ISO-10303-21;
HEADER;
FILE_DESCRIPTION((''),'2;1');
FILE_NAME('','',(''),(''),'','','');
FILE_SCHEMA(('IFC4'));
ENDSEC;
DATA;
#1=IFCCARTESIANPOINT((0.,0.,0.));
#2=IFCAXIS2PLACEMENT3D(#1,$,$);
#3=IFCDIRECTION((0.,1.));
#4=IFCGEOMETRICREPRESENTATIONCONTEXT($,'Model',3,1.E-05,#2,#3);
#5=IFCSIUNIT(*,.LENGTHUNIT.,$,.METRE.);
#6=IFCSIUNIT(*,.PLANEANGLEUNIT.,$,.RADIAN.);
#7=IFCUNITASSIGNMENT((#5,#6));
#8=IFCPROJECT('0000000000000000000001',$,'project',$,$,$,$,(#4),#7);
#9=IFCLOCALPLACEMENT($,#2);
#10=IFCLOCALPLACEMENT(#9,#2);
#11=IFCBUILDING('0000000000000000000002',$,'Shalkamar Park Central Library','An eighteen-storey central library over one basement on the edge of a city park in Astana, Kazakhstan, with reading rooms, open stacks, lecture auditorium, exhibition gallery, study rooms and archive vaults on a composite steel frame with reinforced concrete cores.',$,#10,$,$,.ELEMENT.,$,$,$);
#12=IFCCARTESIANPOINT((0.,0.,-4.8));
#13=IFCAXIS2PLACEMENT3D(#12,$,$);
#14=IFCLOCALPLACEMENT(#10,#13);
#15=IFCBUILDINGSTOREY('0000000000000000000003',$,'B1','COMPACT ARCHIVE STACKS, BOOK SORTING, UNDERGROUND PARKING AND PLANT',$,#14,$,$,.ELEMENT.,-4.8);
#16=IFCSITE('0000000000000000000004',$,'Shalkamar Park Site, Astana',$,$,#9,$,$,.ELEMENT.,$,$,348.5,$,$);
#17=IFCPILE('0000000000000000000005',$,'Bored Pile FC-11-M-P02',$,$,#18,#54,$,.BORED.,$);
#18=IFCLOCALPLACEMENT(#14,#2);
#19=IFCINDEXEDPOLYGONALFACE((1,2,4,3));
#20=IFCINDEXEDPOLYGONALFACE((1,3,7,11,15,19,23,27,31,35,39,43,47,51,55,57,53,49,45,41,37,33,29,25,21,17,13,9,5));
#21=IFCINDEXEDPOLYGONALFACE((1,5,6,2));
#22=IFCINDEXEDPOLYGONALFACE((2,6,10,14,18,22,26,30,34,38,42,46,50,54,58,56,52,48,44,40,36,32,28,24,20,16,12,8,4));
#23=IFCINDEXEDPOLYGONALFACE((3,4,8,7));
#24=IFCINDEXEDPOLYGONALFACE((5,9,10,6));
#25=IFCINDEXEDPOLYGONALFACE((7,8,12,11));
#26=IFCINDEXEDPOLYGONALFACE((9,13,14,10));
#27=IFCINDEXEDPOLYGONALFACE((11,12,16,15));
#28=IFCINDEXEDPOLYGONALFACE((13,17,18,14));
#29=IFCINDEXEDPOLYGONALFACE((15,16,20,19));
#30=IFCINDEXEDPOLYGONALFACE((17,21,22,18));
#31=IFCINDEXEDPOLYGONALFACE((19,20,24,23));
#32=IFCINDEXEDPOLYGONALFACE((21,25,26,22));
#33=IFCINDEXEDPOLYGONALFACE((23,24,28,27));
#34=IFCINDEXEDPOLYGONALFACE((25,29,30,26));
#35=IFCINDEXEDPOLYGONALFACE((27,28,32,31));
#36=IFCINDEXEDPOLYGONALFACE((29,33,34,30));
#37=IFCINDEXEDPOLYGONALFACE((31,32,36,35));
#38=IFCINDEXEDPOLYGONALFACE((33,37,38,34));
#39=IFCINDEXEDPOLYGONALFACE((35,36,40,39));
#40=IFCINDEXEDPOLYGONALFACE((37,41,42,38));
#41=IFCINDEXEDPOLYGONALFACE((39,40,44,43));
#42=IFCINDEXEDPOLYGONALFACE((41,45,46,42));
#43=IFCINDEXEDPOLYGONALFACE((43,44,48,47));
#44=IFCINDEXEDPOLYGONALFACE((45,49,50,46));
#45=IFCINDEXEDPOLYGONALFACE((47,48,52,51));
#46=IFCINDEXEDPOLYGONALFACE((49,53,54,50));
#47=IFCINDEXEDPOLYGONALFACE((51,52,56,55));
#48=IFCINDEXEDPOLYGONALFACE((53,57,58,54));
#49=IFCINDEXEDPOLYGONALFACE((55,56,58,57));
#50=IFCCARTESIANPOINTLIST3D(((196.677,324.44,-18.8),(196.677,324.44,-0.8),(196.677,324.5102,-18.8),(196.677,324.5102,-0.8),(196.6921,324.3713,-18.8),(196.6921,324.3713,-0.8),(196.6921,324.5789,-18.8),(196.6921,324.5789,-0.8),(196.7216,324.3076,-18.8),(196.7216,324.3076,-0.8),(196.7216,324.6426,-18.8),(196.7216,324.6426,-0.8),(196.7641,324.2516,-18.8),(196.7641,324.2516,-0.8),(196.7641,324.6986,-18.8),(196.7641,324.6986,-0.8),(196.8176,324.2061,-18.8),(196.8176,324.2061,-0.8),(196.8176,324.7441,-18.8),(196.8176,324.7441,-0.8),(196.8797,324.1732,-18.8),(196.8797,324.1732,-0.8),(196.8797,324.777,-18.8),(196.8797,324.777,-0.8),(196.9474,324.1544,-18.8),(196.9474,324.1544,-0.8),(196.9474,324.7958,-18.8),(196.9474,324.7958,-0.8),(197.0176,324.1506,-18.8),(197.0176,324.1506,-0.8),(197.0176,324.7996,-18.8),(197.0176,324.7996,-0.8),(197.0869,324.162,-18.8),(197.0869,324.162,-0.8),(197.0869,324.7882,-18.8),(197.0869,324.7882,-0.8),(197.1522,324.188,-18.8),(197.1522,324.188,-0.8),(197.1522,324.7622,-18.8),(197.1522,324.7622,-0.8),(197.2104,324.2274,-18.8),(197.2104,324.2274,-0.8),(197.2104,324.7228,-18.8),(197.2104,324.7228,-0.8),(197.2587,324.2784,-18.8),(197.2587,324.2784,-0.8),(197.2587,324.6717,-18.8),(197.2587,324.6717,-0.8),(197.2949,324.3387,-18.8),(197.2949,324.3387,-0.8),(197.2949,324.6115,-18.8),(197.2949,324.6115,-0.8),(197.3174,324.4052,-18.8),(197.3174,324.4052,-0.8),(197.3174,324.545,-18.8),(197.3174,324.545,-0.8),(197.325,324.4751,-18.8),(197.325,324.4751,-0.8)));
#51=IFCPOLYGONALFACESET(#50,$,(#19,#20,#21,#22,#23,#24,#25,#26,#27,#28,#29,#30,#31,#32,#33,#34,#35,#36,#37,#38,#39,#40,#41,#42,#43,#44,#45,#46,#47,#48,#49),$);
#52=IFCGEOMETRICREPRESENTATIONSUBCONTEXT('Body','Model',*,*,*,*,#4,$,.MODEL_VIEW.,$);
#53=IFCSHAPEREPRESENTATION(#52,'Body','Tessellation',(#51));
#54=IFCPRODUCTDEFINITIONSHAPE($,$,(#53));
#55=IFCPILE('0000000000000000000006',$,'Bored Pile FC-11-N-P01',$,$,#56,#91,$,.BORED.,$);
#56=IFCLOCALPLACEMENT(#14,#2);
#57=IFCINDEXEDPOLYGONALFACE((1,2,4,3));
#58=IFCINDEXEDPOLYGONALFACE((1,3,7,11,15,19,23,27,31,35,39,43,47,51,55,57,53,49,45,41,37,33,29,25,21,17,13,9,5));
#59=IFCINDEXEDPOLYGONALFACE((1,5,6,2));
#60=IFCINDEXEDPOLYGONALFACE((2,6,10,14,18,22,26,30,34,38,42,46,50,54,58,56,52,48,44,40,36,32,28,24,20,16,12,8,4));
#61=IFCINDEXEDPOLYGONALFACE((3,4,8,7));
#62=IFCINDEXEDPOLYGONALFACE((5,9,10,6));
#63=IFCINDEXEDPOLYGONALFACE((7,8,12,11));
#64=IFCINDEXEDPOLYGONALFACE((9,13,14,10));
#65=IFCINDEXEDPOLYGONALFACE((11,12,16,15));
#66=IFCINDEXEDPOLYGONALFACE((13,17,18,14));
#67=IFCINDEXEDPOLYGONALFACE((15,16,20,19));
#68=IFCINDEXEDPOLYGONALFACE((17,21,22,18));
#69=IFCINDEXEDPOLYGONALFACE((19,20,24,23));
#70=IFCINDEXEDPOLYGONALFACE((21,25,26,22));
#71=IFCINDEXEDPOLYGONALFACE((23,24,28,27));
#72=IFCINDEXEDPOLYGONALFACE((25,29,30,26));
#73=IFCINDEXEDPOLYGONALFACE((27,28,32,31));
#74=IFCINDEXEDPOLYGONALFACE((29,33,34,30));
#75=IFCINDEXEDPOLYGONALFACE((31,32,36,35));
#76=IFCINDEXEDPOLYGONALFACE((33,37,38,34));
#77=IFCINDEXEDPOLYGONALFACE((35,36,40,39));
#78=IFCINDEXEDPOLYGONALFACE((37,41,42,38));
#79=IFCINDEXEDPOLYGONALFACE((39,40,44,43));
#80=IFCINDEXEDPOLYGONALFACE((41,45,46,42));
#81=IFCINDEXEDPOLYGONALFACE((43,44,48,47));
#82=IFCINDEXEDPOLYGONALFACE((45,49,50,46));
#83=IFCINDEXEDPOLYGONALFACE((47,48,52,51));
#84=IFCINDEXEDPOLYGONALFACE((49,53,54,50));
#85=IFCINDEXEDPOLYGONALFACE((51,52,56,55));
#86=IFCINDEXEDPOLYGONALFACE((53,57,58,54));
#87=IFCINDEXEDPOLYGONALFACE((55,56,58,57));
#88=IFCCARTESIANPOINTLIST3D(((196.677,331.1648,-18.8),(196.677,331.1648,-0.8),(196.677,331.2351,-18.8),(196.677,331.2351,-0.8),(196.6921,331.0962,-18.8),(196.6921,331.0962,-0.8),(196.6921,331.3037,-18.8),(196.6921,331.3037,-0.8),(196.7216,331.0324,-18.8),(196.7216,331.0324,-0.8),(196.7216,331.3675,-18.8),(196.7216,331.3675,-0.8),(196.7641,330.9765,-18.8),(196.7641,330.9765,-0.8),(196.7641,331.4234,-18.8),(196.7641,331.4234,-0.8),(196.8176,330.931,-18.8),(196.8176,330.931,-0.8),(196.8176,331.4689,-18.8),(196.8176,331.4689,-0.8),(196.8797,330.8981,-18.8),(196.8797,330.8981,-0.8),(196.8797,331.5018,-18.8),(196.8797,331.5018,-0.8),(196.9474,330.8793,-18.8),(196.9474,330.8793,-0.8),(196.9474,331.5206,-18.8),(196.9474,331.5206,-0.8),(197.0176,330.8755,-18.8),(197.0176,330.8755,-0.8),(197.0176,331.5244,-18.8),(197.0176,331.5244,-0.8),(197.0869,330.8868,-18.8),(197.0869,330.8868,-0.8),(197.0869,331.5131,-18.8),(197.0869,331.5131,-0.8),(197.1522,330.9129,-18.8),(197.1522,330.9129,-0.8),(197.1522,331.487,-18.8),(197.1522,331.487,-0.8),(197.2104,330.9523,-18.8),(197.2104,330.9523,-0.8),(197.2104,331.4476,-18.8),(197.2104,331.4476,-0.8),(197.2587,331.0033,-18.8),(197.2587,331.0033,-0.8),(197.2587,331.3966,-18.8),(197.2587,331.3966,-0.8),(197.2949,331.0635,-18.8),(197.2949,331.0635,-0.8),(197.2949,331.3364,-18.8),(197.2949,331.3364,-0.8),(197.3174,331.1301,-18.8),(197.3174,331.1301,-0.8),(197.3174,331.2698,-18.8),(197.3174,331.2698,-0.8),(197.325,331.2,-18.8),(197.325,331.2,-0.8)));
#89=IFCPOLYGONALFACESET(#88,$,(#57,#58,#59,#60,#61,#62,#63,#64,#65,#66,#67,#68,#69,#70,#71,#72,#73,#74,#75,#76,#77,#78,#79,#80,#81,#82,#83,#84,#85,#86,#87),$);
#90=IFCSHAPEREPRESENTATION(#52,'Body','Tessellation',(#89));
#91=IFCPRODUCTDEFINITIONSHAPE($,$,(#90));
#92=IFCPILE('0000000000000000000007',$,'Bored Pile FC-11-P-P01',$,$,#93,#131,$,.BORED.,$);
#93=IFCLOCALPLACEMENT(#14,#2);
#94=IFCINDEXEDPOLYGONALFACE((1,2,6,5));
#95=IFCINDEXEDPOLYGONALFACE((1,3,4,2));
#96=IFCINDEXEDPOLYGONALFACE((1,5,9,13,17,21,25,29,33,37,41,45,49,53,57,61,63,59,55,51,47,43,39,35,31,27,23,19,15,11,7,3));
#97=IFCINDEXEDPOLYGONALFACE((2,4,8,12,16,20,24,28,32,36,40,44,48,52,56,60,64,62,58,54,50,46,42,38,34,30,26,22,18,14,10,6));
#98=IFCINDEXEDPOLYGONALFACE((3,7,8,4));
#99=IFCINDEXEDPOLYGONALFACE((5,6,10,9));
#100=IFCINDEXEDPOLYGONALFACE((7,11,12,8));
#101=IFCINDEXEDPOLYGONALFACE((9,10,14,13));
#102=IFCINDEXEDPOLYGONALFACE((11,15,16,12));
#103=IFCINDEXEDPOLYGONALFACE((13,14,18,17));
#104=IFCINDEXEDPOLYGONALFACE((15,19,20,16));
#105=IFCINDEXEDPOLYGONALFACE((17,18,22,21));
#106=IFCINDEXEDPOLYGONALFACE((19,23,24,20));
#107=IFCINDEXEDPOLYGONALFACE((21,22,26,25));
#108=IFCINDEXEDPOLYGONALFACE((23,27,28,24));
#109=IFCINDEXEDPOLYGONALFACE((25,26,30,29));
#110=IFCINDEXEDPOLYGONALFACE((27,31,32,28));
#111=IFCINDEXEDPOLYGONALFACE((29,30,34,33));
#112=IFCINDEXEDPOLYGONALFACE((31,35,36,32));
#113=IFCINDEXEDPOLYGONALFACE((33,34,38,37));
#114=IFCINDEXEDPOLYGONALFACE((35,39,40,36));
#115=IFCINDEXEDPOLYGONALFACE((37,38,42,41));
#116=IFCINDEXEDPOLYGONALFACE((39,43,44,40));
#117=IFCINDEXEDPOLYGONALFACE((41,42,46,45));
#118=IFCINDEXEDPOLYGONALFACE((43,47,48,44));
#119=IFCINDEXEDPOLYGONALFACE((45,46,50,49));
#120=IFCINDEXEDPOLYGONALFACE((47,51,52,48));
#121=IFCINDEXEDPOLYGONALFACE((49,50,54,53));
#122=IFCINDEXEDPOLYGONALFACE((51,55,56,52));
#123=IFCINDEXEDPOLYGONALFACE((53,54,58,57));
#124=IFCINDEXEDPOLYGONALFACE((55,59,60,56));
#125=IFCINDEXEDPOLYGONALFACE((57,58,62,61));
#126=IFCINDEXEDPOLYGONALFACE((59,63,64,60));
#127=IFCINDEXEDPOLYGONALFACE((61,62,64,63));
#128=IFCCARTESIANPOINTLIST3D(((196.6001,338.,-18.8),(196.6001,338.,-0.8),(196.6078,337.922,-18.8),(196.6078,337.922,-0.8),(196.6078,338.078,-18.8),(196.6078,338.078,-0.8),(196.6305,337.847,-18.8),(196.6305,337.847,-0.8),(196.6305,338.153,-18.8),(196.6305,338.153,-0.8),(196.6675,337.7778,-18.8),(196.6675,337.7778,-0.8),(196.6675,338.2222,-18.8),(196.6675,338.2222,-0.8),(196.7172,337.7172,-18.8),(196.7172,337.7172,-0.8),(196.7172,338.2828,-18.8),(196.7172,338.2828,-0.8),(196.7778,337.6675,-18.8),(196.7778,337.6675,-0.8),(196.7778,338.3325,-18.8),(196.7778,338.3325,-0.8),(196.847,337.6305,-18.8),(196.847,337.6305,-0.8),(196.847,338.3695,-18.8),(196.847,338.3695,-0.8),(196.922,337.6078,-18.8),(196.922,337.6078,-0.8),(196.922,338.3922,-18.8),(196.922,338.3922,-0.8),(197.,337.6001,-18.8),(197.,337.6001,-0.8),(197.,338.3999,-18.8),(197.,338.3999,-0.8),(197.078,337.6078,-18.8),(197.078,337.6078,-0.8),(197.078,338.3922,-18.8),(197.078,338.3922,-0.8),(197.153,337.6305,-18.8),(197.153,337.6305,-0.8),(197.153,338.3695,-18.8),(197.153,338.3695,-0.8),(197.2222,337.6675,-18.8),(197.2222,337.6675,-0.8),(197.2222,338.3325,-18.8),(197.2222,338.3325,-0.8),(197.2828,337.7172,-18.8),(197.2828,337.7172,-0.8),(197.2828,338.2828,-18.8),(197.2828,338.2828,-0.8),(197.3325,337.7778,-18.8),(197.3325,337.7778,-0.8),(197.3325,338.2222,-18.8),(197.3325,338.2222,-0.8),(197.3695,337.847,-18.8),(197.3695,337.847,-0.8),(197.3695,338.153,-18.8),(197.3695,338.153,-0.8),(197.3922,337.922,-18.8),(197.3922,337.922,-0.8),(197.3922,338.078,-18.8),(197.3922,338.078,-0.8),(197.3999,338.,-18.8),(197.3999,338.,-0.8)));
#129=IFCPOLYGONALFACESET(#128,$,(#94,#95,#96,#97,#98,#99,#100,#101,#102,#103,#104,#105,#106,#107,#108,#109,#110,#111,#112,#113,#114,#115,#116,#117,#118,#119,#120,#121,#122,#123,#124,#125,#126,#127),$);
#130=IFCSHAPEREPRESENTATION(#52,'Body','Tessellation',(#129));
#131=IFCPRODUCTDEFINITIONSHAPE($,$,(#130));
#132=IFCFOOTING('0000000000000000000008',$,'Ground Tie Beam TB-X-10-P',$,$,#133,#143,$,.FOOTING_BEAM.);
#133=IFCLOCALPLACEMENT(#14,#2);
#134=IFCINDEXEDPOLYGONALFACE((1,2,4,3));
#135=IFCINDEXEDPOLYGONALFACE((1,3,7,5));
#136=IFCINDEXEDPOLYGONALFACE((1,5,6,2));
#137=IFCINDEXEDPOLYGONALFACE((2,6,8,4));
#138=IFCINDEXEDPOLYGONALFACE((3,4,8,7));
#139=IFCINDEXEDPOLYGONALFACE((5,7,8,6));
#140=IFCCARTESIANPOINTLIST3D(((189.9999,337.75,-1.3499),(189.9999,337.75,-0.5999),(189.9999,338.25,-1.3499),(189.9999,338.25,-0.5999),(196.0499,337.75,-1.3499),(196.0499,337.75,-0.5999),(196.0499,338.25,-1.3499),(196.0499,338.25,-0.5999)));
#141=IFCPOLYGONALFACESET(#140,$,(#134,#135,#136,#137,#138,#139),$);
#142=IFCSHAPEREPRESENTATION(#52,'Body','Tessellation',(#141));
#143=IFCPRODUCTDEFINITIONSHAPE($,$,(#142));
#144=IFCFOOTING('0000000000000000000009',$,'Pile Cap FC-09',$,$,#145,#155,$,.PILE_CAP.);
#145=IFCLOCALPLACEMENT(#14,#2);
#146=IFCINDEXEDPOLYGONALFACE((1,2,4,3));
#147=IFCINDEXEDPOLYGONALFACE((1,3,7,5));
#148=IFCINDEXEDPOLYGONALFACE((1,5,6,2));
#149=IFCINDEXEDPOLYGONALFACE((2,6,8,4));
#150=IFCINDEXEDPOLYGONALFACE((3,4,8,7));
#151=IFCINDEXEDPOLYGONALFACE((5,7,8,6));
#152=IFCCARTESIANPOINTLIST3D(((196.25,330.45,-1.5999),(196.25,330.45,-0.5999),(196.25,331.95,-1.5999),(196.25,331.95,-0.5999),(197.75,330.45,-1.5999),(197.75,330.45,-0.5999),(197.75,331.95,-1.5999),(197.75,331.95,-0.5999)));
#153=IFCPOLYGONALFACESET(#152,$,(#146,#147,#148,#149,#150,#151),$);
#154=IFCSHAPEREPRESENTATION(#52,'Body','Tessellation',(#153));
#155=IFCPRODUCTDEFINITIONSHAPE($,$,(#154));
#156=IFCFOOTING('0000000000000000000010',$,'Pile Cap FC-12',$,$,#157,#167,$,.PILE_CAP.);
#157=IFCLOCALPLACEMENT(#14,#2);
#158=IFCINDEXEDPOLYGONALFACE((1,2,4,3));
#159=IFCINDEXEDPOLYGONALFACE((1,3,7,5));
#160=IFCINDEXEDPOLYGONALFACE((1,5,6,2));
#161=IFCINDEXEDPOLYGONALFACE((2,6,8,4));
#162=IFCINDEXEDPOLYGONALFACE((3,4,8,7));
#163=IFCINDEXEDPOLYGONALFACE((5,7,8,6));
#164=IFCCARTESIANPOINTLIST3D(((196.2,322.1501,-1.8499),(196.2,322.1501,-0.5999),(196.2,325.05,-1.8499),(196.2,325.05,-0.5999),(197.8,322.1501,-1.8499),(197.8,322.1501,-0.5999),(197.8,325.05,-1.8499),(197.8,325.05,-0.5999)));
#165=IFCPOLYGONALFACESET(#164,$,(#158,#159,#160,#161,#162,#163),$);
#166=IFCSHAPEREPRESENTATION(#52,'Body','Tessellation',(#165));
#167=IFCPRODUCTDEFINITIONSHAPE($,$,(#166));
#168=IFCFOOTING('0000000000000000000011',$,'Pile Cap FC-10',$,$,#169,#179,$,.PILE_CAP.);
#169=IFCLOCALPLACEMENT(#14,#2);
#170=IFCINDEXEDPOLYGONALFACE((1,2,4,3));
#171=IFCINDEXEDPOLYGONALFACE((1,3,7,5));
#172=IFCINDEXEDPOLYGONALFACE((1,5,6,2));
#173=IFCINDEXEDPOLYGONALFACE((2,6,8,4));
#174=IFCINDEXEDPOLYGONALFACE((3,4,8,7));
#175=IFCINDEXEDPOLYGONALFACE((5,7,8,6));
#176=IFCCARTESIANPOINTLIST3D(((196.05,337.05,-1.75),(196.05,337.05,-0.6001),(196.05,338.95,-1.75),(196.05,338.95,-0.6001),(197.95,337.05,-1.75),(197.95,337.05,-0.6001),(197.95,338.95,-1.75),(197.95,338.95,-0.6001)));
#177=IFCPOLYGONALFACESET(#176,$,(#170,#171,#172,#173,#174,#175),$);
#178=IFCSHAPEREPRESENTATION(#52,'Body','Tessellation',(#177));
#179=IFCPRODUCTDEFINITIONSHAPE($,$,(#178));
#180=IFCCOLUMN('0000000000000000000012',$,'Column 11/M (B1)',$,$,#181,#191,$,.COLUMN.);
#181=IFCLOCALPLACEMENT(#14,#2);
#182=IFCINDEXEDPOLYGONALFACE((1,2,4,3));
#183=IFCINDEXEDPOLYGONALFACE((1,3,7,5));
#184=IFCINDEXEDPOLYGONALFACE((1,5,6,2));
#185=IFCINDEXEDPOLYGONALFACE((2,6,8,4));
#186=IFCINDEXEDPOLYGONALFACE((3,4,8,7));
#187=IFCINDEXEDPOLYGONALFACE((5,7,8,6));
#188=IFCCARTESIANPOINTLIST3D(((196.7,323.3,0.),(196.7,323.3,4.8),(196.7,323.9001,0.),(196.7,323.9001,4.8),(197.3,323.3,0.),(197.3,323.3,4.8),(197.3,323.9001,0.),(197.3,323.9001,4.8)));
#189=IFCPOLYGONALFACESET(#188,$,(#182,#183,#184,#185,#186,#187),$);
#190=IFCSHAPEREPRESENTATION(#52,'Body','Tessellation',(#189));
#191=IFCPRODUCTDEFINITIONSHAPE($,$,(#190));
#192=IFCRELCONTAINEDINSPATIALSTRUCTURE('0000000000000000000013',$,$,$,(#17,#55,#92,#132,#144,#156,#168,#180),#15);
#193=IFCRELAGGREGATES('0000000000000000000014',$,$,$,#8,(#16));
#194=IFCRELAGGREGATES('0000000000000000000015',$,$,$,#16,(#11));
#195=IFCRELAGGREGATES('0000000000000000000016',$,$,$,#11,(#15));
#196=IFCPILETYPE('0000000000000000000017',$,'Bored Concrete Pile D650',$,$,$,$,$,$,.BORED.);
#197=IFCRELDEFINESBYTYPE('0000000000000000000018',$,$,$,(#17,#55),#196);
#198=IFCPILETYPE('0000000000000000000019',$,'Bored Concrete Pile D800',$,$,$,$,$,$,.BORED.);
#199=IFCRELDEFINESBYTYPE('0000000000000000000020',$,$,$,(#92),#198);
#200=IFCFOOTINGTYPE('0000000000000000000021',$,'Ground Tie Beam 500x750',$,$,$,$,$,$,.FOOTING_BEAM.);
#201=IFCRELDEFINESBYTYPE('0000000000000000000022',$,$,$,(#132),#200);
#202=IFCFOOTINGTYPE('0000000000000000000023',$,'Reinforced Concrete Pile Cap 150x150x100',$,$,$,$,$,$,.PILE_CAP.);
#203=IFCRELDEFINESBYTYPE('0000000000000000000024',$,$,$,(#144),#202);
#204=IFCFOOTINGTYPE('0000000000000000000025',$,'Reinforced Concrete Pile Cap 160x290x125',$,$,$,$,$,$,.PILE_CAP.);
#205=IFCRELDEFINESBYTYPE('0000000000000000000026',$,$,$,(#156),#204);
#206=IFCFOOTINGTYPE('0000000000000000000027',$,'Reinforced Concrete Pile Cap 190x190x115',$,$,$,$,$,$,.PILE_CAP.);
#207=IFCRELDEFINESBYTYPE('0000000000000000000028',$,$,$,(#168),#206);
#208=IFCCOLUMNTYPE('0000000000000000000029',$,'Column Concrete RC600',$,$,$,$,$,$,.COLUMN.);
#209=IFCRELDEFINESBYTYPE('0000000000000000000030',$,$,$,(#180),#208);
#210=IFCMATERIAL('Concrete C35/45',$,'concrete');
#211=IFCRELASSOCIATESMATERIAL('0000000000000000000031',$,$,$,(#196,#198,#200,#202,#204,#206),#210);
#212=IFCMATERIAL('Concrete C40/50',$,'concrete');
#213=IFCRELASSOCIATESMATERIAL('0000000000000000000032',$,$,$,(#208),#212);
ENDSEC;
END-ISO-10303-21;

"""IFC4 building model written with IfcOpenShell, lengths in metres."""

from ifc_helpers import new_model, si_unit, direction, frame, origin, origin_2d, place, context, subcontext, project, spatial, rectangle, circle, extrude, material, material_profile, profile_set, type_object, element, save


model = new_model("IFC4")

# Units and contexts
model_context = context("Model", 3, precision=1e-05, world=origin(), true_north=direction((0.0, 1.0)))
body_context = subcontext(model_context, "Body", "Model", "MODEL_VIEW")
ifc_project = project(units=[si_unit("LENGTHUNIT", "METRE"), si_unit("PLANEANGLEUNIT", "RADIAN")], contexts=[model_context])

# Site, building, storey
site_placement = place(None, origin())
site = spatial("IfcSite", under=ifc_project, at=site_placement, Name="Shalkamar Park Site, Astana", CompositionType="ELEMENT", RefElevation=348.5)
building_placement = place(site_placement, origin())
building = spatial("IfcBuilding", under=site, at=building_placement, Name="Shalkamar Park Central Library", Description="An eighteen-storey central library over one basement on the edge of a city park in Astana, Kazakhstan, with reading rooms, open stacks, lecture auditorium, exhibition gallery, study rooms and archive vaults on a composite steel frame with reinforced concrete cores.", CompositionType="ELEMENT")
storey_placement = place(building_placement, frame((0.0, 0.0, -4.8)))
storey = spatial("IfcBuildingStorey", under=building, at=storey_placement, Name="B1", Description="COMPACT ARCHIVE STACKS, BOOK SORTING, UNDERGROUND PARKING AND PLANT", CompositionType="ELEMENT", Elevation=-4.8)

# Piles
ifc_material_1 = material(Name="Concrete C35/45", Category="concrete")
ifc_material_profile_1 = material_profile(ifc_material_1, circle(Radius=0.325, at=origin_2d()), Name="PILE D650")
ifc_profile_set_1 = profile_set([ifc_material_profile_1], Name="Concrete C35/45")
pile_type_1 = type_object("IfcPileType", Name="Bored Concrete Pile D650", PredefinedType="BORED", material=ifc_profile_set_1)
for number, where, z_axis, x_axis, name in (
    (1, (197.0, 324.4751, -0.8), (0.0, 0.0, -1.0), (1.0, 0.0, 0.0), "Bored Pile FC-11-M-P02"),
    (2, (197.0, 331.2, -0.8), (0.0, 0.0, -1.0), (1.0, 0.0, 0.0), "Bored Pile FC-11-N-P01"),
):
    element("IfcPile", number, at=place(storey_placement, frame(where, z_axis=z_axis, x_axis=x_axis)), inside=storey, type_object=pile_type_1, Name=name, PredefinedType="BORED", context=body_context, shape_type="SweptSolid", body=[
        extrude(circle(Radius=0.325, at=origin_2d()), origin(), (0.0, 0.0, 1.0), 18.0),
    ])
ifc_material_profile_2 = material_profile(ifc_material_1, circle(Radius=0.3999, at=origin_2d()), Name="PILE D800")
ifc_profile_set_2 = profile_set([ifc_material_profile_2], Name="Concrete C35/45")
pile_type_2 = type_object("IfcPileType", Name="Bored Concrete Pile D800", PredefinedType="BORED", material=ifc_profile_set_2)
pile_placement = place(storey_placement, frame((197.0, 338.0, -0.8), z_axis=(0.0, 0.0, -1.0), x_axis=(1.0, 0.0, 0.0)))
element("IfcPile", 3, at=pile_placement, inside=storey, type_object=pile_type_2, Name="Bored Pile FC-11-P-P01", PredefinedType="BORED", context=body_context, shape_type="SweptSolid", body=[
    extrude(circle(Radius=0.3999, at=origin_2d()), origin(), (0.0, 0.0, 1.0), 18.0),
])

# Footings
footing_type_1 = type_object("IfcFootingType", Name="Ground Tie Beam 500x750", PredefinedType="FOOTING_BEAM", material=ifc_material_1)
footing_1_placement = place(storey_placement, frame((193.0249, 338.0, -1.3499), z_axis=(0.0, 0.0, 1.0), x_axis=(1.0, 0.0, 0.0)))
element("IfcFooting", 4, at=footing_1_placement, inside=storey, type_object=footing_type_1, Name="Ground Tie Beam TB-X-10-P", PredefinedType="FOOTING_BEAM", context=body_context, shape_type="SweptSolid", body=[
    extrude(rectangle(XDim=6.05, YDim=0.5, at=origin_2d()), origin(), (0.0, 0.0, 1.0), 0.75),
])
footing_type_2 = type_object("IfcFootingType", Name="Reinforced Concrete Pile Cap 150x150x100", PredefinedType="PILE_CAP", material=ifc_material_1)
footing_2_placement = place(storey_placement, frame((197.0, 331.2, -1.5999), z_axis=(0.0, 0.0, 1.0), x_axis=(1.0, 0.0, 0.0)))
element("IfcFooting", 5, at=footing_2_placement, inside=storey, type_object=footing_type_2, Name="Pile Cap FC-09", PredefinedType="PILE_CAP", context=body_context, shape_type="SweptSolid", body=[
    extrude(rectangle(XDim=1.5, YDim=1.5, at=origin_2d()), origin(), (0.0, 0.0, 1.0), 1.0),
])
footing_type_3 = type_object("IfcFootingType", Name="Reinforced Concrete Pile Cap 160x290x125", PredefinedType="PILE_CAP", material=ifc_material_1)
footing_3_placement = place(storey_placement, frame((197.0, 323.6001, -1.8499), z_axis=(0.0, 0.0, 1.0), x_axis=(1.0, 0.0, 0.0)))
element("IfcFooting", 6, at=footing_3_placement, inside=storey, type_object=footing_type_3, Name="Pile Cap FC-12", PredefinedType="PILE_CAP", context=body_context, shape_type="SweptSolid", body=[
    extrude(rectangle(XDim=1.6001, YDim=2.8999, at=origin_2d()), origin(), (0.0, 0.0, 1.0), 1.25),
])
footing_type_4 = type_object("IfcFootingType", Name="Reinforced Concrete Pile Cap 190x190x115", PredefinedType="PILE_CAP", material=ifc_material_1)
footing_4_placement = place(storey_placement, frame((197.0, 338.0, -1.75), z_axis=(0.0, 0.0, 1.0), x_axis=(1.0, 0.0, 0.0)))
element("IfcFooting", 7, at=footing_4_placement, inside=storey, type_object=footing_type_4, Name="Pile Cap FC-10", PredefinedType="PILE_CAP", context=body_context, shape_type="SweptSolid", body=[
    extrude(rectangle(XDim=1.8999, YDim=1.8999, at=origin_2d()), origin(), (0.0, 0.0, 1.0), 1.1499),
])

# Column
ifc_material_2 = material(Name="Concrete C40/50", Category="concrete")
ifc_material_profile_3 = material_profile(ifc_material_2, rectangle(XDim=0.6001, YDim=0.6001, at=origin_2d()), Name="RC 600x600")
ifc_profile_set_3 = profile_set([ifc_material_profile_3], Name="Concrete C40/50")
column_type_1 = type_object("IfcColumnType", Name="Column Concrete RC600", PredefinedType="COLUMN", material=ifc_profile_set_3)
column_1_placement = place(storey_placement, frame((197.0, 323.6001, 0.0), z_axis=(0.0, 0.0, 1.0), x_axis=(1.0, 0.0, 0.0)))
element("IfcColumn", 8, at=column_1_placement, inside=storey, type_object=column_type_1, Name="Column 11/M (B1)", PredefinedType="COLUMN", context=body_context, shape_type="SweptSolid", body=[
    extrude(rectangle(XDim=0.6001, YDim=0.6001, at=origin_2d()), origin(), (0.0, 0.0, 1.0), 4.8),
])

save(model, "model.ifc")
